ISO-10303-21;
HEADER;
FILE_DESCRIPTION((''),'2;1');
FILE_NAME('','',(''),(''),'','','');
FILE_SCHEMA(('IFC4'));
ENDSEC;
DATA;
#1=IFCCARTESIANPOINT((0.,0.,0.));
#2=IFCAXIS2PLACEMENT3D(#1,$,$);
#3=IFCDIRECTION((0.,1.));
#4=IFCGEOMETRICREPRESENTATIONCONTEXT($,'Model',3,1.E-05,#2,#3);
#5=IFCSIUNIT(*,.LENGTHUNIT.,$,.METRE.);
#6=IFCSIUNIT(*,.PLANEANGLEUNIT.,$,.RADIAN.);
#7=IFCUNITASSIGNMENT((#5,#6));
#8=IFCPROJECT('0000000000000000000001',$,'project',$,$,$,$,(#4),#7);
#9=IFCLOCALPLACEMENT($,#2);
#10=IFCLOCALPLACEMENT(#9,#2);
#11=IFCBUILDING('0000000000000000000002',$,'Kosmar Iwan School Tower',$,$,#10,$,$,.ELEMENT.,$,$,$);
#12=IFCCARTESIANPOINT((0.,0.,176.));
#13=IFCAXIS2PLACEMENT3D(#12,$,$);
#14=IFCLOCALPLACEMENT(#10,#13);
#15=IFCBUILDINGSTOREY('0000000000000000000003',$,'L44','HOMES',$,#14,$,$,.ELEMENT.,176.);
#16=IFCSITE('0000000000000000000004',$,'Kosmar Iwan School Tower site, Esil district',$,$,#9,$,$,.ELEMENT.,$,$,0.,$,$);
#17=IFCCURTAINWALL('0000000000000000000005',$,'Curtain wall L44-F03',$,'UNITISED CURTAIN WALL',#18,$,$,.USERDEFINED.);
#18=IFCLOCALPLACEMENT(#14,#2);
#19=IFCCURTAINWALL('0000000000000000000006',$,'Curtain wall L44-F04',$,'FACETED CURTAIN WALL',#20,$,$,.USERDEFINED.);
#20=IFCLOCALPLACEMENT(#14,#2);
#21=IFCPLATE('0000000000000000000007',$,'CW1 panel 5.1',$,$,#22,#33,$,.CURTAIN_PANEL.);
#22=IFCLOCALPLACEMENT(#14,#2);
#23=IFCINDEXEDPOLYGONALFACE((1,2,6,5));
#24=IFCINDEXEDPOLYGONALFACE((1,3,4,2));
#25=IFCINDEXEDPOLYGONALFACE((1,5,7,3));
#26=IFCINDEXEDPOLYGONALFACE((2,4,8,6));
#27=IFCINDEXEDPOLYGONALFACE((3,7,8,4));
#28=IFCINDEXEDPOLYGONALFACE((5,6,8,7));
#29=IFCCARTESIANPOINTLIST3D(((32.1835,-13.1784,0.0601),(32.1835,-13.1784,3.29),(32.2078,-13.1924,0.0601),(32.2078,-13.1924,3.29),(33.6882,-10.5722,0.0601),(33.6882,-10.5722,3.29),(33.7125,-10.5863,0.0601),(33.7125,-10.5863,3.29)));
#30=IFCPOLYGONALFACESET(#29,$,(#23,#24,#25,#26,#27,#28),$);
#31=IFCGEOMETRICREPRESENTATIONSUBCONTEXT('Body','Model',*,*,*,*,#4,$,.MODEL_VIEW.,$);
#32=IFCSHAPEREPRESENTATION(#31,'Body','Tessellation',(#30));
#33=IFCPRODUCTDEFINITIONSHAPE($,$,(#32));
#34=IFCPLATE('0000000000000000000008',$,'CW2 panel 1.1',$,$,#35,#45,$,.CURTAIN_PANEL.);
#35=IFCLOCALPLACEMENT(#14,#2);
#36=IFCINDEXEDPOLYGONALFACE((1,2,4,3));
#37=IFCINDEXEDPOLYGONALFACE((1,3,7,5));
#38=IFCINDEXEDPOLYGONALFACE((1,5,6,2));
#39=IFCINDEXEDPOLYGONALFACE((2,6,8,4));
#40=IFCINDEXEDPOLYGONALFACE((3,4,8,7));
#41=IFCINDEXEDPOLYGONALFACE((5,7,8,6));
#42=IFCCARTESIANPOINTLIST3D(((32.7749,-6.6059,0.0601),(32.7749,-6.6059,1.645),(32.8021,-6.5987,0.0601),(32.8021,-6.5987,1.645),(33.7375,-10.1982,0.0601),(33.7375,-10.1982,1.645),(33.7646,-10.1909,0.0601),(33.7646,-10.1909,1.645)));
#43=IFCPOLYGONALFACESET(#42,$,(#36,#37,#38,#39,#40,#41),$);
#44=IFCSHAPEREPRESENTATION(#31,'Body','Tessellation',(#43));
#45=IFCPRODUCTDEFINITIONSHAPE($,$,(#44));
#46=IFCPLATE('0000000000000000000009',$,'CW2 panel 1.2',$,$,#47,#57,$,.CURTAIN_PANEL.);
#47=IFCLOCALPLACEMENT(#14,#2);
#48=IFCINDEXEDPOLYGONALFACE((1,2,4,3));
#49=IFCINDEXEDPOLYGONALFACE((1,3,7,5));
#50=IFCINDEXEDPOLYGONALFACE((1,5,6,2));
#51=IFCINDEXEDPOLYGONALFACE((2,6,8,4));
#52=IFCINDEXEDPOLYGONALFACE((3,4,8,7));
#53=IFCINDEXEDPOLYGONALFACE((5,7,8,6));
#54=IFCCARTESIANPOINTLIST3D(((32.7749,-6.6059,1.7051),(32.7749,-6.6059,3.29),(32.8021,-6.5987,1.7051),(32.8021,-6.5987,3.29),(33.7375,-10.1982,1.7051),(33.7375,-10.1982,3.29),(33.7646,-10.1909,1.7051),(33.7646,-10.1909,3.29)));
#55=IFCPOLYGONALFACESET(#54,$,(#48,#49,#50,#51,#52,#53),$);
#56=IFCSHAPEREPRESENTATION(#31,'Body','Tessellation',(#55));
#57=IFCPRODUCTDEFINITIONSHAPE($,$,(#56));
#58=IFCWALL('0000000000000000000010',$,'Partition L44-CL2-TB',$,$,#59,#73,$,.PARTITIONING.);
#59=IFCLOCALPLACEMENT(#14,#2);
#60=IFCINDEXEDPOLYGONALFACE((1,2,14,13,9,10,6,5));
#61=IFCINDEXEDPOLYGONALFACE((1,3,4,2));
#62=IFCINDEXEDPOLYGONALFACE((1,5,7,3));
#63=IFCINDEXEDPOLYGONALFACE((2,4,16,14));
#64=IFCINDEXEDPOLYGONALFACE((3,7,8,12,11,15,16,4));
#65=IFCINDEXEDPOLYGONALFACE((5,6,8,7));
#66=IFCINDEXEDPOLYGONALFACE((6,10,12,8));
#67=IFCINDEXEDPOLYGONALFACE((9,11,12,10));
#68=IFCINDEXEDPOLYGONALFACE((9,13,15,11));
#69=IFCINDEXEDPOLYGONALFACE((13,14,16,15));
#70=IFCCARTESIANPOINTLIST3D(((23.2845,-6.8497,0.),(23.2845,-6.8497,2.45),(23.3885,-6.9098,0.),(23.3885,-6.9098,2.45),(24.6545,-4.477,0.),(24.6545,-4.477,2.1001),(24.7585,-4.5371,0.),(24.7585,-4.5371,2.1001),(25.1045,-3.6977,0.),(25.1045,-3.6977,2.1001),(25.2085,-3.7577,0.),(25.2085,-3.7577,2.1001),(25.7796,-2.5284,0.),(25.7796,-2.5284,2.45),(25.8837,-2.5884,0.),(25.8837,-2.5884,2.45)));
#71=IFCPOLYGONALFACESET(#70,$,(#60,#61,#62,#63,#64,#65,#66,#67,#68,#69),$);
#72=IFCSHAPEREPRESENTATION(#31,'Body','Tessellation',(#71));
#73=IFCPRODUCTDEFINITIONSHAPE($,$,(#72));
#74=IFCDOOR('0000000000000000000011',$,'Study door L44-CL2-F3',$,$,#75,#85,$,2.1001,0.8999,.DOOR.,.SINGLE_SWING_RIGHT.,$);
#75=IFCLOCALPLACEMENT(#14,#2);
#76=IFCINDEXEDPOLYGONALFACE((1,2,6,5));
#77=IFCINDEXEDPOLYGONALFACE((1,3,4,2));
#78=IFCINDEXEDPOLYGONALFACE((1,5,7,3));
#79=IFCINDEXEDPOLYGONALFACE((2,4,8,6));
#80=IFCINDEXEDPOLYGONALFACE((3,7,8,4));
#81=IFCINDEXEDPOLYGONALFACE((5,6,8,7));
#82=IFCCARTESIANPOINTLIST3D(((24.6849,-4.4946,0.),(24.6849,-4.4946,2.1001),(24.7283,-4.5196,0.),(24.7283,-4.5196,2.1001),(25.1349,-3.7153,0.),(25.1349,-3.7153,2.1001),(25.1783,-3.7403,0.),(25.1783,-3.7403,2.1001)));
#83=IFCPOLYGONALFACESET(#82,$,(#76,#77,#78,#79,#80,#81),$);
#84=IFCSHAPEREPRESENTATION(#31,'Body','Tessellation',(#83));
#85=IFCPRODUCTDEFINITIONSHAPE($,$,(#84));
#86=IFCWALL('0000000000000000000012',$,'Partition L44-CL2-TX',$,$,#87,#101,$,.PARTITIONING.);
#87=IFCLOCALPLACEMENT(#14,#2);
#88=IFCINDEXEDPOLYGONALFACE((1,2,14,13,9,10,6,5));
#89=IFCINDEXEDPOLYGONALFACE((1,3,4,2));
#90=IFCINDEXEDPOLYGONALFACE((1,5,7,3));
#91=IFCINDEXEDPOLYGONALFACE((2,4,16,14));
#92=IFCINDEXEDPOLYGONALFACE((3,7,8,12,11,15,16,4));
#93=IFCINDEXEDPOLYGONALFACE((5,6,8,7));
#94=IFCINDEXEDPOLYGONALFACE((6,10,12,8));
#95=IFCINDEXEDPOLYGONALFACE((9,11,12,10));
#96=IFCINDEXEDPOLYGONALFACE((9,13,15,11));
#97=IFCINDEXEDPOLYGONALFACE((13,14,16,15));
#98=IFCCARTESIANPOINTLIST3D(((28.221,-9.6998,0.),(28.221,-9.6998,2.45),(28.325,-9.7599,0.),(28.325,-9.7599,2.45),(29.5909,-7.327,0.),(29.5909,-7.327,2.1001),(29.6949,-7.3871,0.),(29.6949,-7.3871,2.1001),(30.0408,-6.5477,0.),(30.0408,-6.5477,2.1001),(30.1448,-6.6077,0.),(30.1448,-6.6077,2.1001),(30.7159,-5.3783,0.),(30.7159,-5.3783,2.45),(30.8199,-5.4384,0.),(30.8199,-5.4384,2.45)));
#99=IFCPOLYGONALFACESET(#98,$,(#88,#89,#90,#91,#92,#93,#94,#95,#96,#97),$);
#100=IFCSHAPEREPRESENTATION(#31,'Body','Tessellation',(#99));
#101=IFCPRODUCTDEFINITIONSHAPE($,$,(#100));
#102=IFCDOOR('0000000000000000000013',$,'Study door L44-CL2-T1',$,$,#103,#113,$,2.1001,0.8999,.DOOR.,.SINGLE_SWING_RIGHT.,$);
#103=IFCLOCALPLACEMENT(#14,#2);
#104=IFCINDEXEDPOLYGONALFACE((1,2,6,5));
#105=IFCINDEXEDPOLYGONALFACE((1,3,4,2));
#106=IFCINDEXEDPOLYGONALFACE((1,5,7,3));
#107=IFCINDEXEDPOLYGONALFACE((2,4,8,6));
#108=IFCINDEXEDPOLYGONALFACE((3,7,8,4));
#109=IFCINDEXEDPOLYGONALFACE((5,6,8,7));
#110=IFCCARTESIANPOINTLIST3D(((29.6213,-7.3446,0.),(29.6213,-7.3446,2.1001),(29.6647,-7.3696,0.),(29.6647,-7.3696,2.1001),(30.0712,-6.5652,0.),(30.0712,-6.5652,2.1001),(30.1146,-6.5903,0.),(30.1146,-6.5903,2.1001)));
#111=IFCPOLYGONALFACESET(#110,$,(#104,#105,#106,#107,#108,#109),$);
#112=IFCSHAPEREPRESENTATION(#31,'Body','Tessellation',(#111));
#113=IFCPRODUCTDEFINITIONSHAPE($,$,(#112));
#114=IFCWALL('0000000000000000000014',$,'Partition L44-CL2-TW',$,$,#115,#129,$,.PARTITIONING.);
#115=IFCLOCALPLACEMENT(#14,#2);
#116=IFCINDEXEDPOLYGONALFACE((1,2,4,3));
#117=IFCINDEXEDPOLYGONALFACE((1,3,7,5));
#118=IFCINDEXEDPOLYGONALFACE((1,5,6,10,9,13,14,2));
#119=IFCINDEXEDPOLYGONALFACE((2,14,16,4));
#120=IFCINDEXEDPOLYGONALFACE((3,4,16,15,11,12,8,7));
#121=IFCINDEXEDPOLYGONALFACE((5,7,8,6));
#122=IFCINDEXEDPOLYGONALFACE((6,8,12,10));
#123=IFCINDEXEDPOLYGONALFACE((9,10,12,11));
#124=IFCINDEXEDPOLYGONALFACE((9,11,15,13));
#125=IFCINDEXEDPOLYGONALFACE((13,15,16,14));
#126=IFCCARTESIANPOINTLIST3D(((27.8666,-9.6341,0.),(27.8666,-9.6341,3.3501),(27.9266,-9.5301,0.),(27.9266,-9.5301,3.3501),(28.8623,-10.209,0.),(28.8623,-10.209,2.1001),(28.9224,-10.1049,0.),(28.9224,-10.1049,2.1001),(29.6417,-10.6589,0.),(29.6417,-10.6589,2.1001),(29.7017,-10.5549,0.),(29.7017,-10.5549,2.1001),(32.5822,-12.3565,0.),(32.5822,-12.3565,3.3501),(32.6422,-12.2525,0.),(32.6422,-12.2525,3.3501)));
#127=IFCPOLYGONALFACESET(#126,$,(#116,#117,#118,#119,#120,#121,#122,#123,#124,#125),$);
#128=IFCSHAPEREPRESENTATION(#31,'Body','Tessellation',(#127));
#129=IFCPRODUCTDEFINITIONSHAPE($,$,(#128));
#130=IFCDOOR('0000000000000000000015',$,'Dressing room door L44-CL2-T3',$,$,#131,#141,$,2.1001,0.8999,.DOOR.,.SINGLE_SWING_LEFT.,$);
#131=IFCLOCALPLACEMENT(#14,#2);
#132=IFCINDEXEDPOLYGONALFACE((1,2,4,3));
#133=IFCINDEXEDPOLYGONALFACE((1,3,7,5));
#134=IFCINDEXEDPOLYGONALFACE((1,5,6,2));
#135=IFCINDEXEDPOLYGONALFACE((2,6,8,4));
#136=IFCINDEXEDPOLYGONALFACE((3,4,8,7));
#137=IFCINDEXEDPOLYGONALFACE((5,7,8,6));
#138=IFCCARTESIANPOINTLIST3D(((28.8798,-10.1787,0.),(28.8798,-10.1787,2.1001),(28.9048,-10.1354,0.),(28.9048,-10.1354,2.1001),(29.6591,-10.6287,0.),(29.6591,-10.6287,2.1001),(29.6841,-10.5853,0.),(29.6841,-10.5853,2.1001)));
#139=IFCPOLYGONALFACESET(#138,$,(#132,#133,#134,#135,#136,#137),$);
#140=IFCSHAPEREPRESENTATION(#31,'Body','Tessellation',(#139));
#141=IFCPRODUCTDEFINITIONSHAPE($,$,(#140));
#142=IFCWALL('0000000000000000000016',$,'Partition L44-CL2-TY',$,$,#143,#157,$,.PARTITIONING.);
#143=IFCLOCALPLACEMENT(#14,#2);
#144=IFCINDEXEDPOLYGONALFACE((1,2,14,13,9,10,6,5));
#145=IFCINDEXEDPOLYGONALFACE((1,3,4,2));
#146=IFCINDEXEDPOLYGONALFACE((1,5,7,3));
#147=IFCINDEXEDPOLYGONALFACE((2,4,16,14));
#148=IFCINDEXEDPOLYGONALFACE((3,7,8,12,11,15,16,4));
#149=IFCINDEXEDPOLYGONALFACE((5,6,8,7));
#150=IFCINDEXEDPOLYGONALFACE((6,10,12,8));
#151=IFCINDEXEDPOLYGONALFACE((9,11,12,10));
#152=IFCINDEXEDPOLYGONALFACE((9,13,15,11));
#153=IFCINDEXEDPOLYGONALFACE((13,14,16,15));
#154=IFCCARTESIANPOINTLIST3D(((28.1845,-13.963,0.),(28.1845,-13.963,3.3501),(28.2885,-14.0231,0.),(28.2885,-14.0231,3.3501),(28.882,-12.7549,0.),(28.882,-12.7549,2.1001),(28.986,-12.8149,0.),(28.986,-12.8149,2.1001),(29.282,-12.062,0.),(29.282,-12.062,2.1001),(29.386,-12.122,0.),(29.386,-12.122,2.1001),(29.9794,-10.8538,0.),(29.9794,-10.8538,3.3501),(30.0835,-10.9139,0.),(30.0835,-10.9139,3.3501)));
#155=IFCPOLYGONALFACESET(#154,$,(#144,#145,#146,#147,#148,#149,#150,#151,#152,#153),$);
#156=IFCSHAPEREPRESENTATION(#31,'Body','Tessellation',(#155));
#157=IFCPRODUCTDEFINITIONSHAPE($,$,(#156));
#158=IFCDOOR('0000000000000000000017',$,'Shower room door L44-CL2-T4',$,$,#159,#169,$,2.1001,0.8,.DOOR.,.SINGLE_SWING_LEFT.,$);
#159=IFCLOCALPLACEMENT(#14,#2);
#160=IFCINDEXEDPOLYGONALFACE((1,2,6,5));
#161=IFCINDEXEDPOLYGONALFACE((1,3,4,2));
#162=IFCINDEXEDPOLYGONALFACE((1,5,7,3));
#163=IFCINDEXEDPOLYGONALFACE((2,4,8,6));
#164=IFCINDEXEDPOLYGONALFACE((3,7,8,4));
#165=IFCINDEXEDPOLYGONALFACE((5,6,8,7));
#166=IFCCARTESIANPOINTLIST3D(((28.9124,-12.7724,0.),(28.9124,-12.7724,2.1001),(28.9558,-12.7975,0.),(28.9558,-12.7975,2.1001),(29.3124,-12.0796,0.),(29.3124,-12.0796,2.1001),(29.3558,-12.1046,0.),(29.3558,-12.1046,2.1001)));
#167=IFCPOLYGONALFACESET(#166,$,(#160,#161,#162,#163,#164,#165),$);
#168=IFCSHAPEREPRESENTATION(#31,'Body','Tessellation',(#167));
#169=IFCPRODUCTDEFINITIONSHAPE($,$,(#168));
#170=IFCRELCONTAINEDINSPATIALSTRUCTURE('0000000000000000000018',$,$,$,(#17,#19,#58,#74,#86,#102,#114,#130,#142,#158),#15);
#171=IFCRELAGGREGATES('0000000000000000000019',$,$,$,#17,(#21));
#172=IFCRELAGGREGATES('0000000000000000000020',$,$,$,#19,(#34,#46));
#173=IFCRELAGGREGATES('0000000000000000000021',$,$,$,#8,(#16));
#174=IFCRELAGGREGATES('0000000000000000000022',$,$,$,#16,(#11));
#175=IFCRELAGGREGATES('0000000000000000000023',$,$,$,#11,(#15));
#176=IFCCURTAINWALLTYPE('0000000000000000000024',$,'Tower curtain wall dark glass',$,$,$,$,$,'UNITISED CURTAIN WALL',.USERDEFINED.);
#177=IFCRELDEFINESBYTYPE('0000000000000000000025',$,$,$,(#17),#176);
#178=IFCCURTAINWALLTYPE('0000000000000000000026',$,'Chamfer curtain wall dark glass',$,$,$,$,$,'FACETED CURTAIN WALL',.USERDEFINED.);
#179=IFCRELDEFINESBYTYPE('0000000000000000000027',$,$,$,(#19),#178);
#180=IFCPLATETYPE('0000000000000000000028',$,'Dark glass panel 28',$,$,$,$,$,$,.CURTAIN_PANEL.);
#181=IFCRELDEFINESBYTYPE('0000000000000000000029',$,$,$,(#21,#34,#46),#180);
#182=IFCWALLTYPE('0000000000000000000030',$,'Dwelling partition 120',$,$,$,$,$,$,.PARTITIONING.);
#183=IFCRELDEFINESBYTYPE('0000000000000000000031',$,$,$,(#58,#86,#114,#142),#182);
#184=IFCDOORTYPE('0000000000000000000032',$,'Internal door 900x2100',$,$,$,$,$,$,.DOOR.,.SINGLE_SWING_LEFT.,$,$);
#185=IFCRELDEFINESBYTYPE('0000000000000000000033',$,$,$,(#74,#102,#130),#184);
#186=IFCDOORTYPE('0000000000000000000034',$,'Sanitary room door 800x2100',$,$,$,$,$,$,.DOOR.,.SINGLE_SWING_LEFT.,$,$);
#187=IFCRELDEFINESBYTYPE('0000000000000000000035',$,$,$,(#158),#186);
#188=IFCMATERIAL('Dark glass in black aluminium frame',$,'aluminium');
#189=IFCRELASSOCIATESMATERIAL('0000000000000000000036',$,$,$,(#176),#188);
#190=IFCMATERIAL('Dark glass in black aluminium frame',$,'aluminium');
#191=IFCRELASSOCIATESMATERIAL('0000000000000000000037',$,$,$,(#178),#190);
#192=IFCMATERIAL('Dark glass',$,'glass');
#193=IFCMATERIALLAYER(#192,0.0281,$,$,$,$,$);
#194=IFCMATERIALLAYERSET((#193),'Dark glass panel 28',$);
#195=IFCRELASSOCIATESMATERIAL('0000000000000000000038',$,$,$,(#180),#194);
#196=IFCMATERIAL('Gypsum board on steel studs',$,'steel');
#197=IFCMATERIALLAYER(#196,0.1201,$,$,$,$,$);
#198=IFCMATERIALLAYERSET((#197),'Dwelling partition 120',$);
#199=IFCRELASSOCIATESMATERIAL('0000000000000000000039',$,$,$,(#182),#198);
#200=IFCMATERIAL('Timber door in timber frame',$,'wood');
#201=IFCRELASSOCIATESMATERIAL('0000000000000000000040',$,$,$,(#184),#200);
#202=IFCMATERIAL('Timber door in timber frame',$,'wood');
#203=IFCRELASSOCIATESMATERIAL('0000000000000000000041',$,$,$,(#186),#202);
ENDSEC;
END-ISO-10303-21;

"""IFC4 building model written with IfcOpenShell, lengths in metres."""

from ifc_helpers import new_model, si_unit, direction, frame, frame_2d, origin, origin_2d, place, context, subcontext, project, spatial, rectangle, extrude, material, layer, layer_set, type_object, element, fill, aggregate, save


model = new_model("IFC4")

# Units and contexts
model_context = context("Model", 3, precision=1e-05, world=origin(), true_north=direction((0.0, 1.0)))
body_context = subcontext(model_context, "Body", "Model", "MODEL_VIEW")
ifc_project = project(units=[si_unit("LENGTHUNIT", "METRE"), si_unit("PLANEANGLEUNIT", "RADIAN")], contexts=[model_context])

# Site, building, storey
site_placement = place(None, origin())
site = spatial("IfcSite", under=ifc_project, at=site_placement, Name="Kosmar Iwan School Tower site, Esil district", CompositionType="ELEMENT", RefElevation=0.0)
building_placement = place(site_placement, origin())
building = spatial("IfcBuilding", under=site, at=building_placement, Name="Kosmar Iwan School Tower", CompositionType="ELEMENT")
storey_placement = place(building_placement, frame((0.0, 0.0, 176.0)))
storey = spatial("IfcBuildingStorey", under=building, at=storey_placement, Name="L44", Description="HOMES", CompositionType="ELEMENT", Elevation=176.0)

# Curtain wall
ifc_material_1 = material(Name="Dark glass in black aluminium frame", Category="aluminium")
curtain_wall_type_1 = type_object("IfcCurtainWallType", Name="Tower curtain wall dark glass", ElementType="UNITISED CURTAIN WALL", PredefinedType="USERDEFINED", material=ifc_material_1)
curtain_wall_1_placement = place(storey_placement, origin())
curtain_wall_1 = element("IfcCurtainWall", 1, at=curtain_wall_1_placement, inside=storey, type_object=curtain_wall_type_1, Name="Curtain wall L44-F03", ObjectType="UNITISED CURTAIN WALL", PredefinedType="USERDEFINED")

# Curtain wall
ifc_material_2 = material(Name="Dark glass in black aluminium frame", Category="aluminium")
curtain_wall_type_2 = type_object("IfcCurtainWallType", Name="Chamfer curtain wall dark glass", ElementType="FACETED CURTAIN WALL", PredefinedType="USERDEFINED", material=ifc_material_2)
curtain_wall_2_placement = place(storey_placement, origin())
curtain_wall_2 = element("IfcCurtainWall", 2, at=curtain_wall_2_placement, inside=storey, type_object=curtain_wall_type_2, Name="Curtain wall L44-F04", ObjectType="FACETED CURTAIN WALL", PredefinedType="USERDEFINED")

# Plates
ifc_material_3 = material(Name="Dark glass", Category="glass")
ifc_layer_1 = layer(ifc_material_3, 0.0281)
ifc_layer_set_1 = layer_set([ifc_layer_1], Name="Dark glass panel 28")
plate_type = type_object("IfcPlateType", Name="Dark glass panel 28", PredefinedType="CURTAIN_PANEL", material=ifc_layer_set_1)
plate_1_placement = place(storey_placement, frame((32.948, -11.8823, 0.0601), z_axis=(0.0, 0.0, 1.0), x_axis=(0.5, 0.866025, 0.0)))
plate_1 = element("IfcPlate", 3, at=plate_1_placement, type_object=plate_type, Name="CW1 panel 5.1", PredefinedType="CURTAIN_PANEL", context=body_context, shape_type="SweptSolid", body=[
    extrude(rectangle(XDim=3.0093, YDim=0.0281, at=origin_2d()), origin(), (0.0, 0.0, 1.0), 3.23),
])
aggregate(curtain_wall_1, [plate_1])
plate_2_placement = place(storey_placement, frame((33.2698, -8.3984, 0.0601), z_axis=(0.0, 0.0, 1.0), x_axis=(-0.258819, 0.965926, 0.0)))
plate_2 = element("IfcPlate", 4, at=plate_2_placement, type_object=plate_type, Name="CW2 panel 1.1", PredefinedType="CURTAIN_PANEL", context=body_context, shape_type="SweptSolid", body=[
    extrude(rectangle(XDim=3.719, YDim=0.0281, at=origin_2d()), origin(), (0.0, 0.0, 1.0), 1.585),
])
plate_3_placement = place(storey_placement, frame((33.2698, -8.3984, 1.7051), z_axis=(0.0, 0.0, 1.0), x_axis=(-0.258819, 0.965926, 0.0)))
plate_3 = element("IfcPlate", 5, at=plate_3_placement, type_object=plate_type, Name="CW2 panel 1.2", PredefinedType="CURTAIN_PANEL", context=body_context, shape_type="SweptSolid", body=[
    extrude(rectangle(XDim=3.719, YDim=0.0281, at=origin_2d()), origin(), (0.0, 0.0, 1.0), 1.585),
])
aggregate(curtain_wall_2, [plate_2, plate_3])

# Walls, openings, doors
ifc_material_4 = material(Name="Gypsum board on steel studs", Category="steel")
ifc_layer_2 = layer(ifc_material_4, 0.1201)
ifc_layer_set_2 = layer_set([ifc_layer_2], Name="Dwelling partition 120")
wall_type_1 = type_object("IfcWallType", Name="Dwelling partition 120", PredefinedType="PARTITIONING", material=ifc_layer_set_2)
wall_1_placement = place(storey_placement, frame((23.3364, -6.8799, 0.0), z_axis=(0.0, 0.0, 1.0), x_axis=(0.500033, 0.866006, 0.0)))
wall_1 = element("IfcWall", 6, at=wall_1_placement, inside=storey, type_object=wall_type_1, Name="Partition L44-CL2-TB", PredefinedType="PARTITIONING", context=body_context, shape_type="SweptSolid", body=[
    extrude(rectangle(XDim=4.99, YDim=0.1201, at=frame_2d((2.4951, 0.0))), origin(), (0.0, 0.0, 1.0), 2.45),
])
opening_1_placement = place(wall_1_placement, frame((2.74, 0.0, 0.0)))
opening_1 = element("IfcOpeningElement", 7, at=opening_1_placement, cuts=wall_1, PredefinedType="OPENING", context=body_context, shape_type="SweptSolid", body=[
    extrude(rectangle(XDim=0.8999, YDim=2.1001, at=frame_2d((0.45, 1.05))), frame((0.0, 0.072, 0.0), z_axis=(0.0, -1.0, 0.0), x_axis=(1.0, 0.0, 0.0)), (0.0, 0.0, 1.0), 0.144),
])
ifc_material_5 = material(Name="Timber door in timber frame", Category="wood")
door_type_1 = type_object("IfcDoorType", Name="Internal door 900x2100", OperationType="SINGLE_SWING_LEFT", PredefinedType="DOOR", material=ifc_material_5)
door_1_placement = place(opening_1_placement, origin())
door_1 = element("IfcDoor", 8, at=door_1_placement, inside=storey, type_object=door_type_1, Name="Study door L44-CL2-F3", OperationType="SINGLE_SWING_RIGHT", OverallHeight=2.1001, OverallWidth=0.8999, PredefinedType="DOOR", context=body_context, shape_type="SweptSolid", body=[
    extrude(rectangle(XDim=0.8999, YDim=2.1001, at=frame_2d((0.45, 1.05))), frame((0.0, 0.0249, 0.0), z_axis=(0.0, -1.0, 0.0), x_axis=(1.0, 0.0, 0.0)), (0.0, 0.0, 1.0), 0.05),
])
fill(opening_1, door_1)
wall_2_placement = place(storey_placement, frame((28.2729, -9.73, 0.0), z_axis=(0.0, 0.0, 1.0), x_axis=(0.499975, 0.86604, 0.0)))
wall_2 = element("IfcWall", 9, at=wall_2_placement, inside=storey, type_object=wall_type_1, Name="Partition L44-CL2-TX", PredefinedType="PARTITIONING", context=body_context, shape_type="SweptSolid", body=[
    extrude(rectangle(XDim=4.99, YDim=0.1201, at=frame_2d((2.4951, 0.0))), origin(), (0.0, 0.0, 1.0), 2.45),
])
opening_2_placement = place(wall_2_placement, frame((2.74, 0.0, 0.0)))
opening_2 = element("IfcOpeningElement", 10, at=opening_2_placement, cuts=wall_2, PredefinedType="OPENING", context=body_context, shape_type="SweptSolid", body=[
    extrude(rectangle(XDim=0.8999, YDim=2.1001, at=frame_2d((0.45, 1.05))), frame((0.0, 0.072, 0.0), z_axis=(0.0, -1.0, 0.0), x_axis=(1.0, 0.0, 0.0)), (0.0, 0.0, 1.0), 0.144),
])
door_2_placement = place(opening_2_placement, origin())
door_2 = element("IfcDoor", 11, at=door_2_placement, inside=storey, type_object=door_type_1, Name="Study door L44-CL2-T1", OperationType="SINGLE_SWING_RIGHT", OverallHeight=2.1001, OverallWidth=0.8999, PredefinedType="DOOR", context=body_context, shape_type="SweptSolid", body=[
    extrude(rectangle(XDim=0.8999, YDim=2.1001, at=frame_2d((0.45, 1.05))), frame((0.0, 0.0249, 0.0), z_axis=(0.0, -1.0, 0.0), x_axis=(1.0, 0.0, 0.0)), (0.0, 0.0, 1.0), 0.05),
])
fill(opening_2, door_2)
wall_3_placement = place(storey_placement, frame((27.8965, -9.582, 0.0), z_axis=(0.0, 0.0, 1.0), x_axis=(0.866036, -0.499982, 0.0)))
wall_3 = element("IfcWall", 12, at=wall_3_placement, inside=storey, type_object=wall_type_1, Name="Partition L44-CL2-TW", PredefinedType="PARTITIONING", context=body_context, shape_type="SweptSolid", body=[
    extrude(rectangle(XDim=5.4451, YDim=0.1201, at=frame_2d((2.7227, 0.0))), origin(), (0.0, 0.0, 1.0), 3.3501),
])
opening_3_placement = place(wall_3_placement, frame((1.1499, 0.0, 0.0)))
opening_3 = element("IfcOpeningElement", 13, at=opening_3_placement, cuts=wall_3, PredefinedType="OPENING", context=body_context, shape_type="SweptSolid", body=[
    extrude(rectangle(XDim=0.8999, YDim=2.1001, at=frame_2d((0.45, 1.05))), frame((0.0, 0.072, 0.0), z_axis=(0.0, -1.0, 0.0), x_axis=(1.0, 0.0, 0.0)), (0.0, 0.0, 1.0), 0.144),
])
door_3_placement = place(opening_3_placement, origin())
door_3 = element("IfcDoor", 14, at=door_3_placement, inside=storey, type_object=door_type_1, Name="Dressing room door L44-CL2-T3", OperationType="SINGLE_SWING_LEFT", OverallHeight=2.1001, OverallWidth=0.8999, PredefinedType="DOOR", context=body_context, shape_type="SweptSolid", body=[
    extrude(rectangle(XDim=0.8999, YDim=2.1001, at=frame_2d((0.45, 1.05))), frame((0.0, 0.0249, 0.0), z_axis=(0.0, -1.0, 0.0), x_axis=(1.0, 0.0, 0.0)), (0.0, 0.0, 1.0), 0.05),
])
fill(opening_3, door_3)
wall_4_placement = place(storey_placement, frame((28.2366, -13.9929, 0.0), z_axis=(0.0, 0.0, 1.0), x_axis=(0.499972, 0.866042, 0.0)))
wall_4 = element("IfcWall", 15, at=wall_4_placement, inside=storey, type_object=wall_type_1, Name="Partition L44-CL2-TY", PredefinedType="PARTITIONING", context=body_context, shape_type="SweptSolid", body=[
    extrude(rectangle(XDim=3.5901, YDim=0.1201, at=frame_2d((1.7949, 0.0))), origin(), (0.0, 0.0, 1.0), 3.3501),
])
opening_4_placement = place(wall_4_placement, frame((1.395, 0.0, 0.0)))
opening_4 = element("IfcOpeningElement", 16, at=opening_4_placement, cuts=wall_4, PredefinedType="OPENING", context=body_context, shape_type="SweptSolid", body=[
    extrude(rectangle(XDim=0.8, YDim=2.1001, at=frame_2d((0.3999, 1.05))), frame((0.0, 0.072, 0.0), z_axis=(0.0, -1.0, 0.0), x_axis=(1.0, 0.0, 0.0)), (0.0, 0.0, 1.0), 0.144),
])
ifc_material_6 = material(Name="Timber door in timber frame", Category="wood")
door_type_2 = type_object("IfcDoorType", Name="Sanitary room door 800x2100", OperationType="SINGLE_SWING_LEFT", PredefinedType="DOOR", material=ifc_material_6)
door_4_placement = place(opening_4_placement, origin())
door_4 = element("IfcDoor", 17, at=door_4_placement, inside=storey, type_object=door_type_2, Name="Shower room door L44-CL2-T4", OperationType="SINGLE_SWING_LEFT", OverallHeight=2.1001, OverallWidth=0.8, PredefinedType="DOOR", context=body_context, shape_type="SweptSolid", body=[
    extrude(rectangle(XDim=0.8, YDim=2.1001, at=frame_2d((0.3999, 1.05))), frame((0.0, 0.0249, 0.0), z_axis=(0.0, -1.0, 0.0), x_axis=(1.0, 0.0, 0.0)), (0.0, 0.0, 1.0), 0.05),
])
fill(opening_4, door_4)

save(model, "model.ifc")
